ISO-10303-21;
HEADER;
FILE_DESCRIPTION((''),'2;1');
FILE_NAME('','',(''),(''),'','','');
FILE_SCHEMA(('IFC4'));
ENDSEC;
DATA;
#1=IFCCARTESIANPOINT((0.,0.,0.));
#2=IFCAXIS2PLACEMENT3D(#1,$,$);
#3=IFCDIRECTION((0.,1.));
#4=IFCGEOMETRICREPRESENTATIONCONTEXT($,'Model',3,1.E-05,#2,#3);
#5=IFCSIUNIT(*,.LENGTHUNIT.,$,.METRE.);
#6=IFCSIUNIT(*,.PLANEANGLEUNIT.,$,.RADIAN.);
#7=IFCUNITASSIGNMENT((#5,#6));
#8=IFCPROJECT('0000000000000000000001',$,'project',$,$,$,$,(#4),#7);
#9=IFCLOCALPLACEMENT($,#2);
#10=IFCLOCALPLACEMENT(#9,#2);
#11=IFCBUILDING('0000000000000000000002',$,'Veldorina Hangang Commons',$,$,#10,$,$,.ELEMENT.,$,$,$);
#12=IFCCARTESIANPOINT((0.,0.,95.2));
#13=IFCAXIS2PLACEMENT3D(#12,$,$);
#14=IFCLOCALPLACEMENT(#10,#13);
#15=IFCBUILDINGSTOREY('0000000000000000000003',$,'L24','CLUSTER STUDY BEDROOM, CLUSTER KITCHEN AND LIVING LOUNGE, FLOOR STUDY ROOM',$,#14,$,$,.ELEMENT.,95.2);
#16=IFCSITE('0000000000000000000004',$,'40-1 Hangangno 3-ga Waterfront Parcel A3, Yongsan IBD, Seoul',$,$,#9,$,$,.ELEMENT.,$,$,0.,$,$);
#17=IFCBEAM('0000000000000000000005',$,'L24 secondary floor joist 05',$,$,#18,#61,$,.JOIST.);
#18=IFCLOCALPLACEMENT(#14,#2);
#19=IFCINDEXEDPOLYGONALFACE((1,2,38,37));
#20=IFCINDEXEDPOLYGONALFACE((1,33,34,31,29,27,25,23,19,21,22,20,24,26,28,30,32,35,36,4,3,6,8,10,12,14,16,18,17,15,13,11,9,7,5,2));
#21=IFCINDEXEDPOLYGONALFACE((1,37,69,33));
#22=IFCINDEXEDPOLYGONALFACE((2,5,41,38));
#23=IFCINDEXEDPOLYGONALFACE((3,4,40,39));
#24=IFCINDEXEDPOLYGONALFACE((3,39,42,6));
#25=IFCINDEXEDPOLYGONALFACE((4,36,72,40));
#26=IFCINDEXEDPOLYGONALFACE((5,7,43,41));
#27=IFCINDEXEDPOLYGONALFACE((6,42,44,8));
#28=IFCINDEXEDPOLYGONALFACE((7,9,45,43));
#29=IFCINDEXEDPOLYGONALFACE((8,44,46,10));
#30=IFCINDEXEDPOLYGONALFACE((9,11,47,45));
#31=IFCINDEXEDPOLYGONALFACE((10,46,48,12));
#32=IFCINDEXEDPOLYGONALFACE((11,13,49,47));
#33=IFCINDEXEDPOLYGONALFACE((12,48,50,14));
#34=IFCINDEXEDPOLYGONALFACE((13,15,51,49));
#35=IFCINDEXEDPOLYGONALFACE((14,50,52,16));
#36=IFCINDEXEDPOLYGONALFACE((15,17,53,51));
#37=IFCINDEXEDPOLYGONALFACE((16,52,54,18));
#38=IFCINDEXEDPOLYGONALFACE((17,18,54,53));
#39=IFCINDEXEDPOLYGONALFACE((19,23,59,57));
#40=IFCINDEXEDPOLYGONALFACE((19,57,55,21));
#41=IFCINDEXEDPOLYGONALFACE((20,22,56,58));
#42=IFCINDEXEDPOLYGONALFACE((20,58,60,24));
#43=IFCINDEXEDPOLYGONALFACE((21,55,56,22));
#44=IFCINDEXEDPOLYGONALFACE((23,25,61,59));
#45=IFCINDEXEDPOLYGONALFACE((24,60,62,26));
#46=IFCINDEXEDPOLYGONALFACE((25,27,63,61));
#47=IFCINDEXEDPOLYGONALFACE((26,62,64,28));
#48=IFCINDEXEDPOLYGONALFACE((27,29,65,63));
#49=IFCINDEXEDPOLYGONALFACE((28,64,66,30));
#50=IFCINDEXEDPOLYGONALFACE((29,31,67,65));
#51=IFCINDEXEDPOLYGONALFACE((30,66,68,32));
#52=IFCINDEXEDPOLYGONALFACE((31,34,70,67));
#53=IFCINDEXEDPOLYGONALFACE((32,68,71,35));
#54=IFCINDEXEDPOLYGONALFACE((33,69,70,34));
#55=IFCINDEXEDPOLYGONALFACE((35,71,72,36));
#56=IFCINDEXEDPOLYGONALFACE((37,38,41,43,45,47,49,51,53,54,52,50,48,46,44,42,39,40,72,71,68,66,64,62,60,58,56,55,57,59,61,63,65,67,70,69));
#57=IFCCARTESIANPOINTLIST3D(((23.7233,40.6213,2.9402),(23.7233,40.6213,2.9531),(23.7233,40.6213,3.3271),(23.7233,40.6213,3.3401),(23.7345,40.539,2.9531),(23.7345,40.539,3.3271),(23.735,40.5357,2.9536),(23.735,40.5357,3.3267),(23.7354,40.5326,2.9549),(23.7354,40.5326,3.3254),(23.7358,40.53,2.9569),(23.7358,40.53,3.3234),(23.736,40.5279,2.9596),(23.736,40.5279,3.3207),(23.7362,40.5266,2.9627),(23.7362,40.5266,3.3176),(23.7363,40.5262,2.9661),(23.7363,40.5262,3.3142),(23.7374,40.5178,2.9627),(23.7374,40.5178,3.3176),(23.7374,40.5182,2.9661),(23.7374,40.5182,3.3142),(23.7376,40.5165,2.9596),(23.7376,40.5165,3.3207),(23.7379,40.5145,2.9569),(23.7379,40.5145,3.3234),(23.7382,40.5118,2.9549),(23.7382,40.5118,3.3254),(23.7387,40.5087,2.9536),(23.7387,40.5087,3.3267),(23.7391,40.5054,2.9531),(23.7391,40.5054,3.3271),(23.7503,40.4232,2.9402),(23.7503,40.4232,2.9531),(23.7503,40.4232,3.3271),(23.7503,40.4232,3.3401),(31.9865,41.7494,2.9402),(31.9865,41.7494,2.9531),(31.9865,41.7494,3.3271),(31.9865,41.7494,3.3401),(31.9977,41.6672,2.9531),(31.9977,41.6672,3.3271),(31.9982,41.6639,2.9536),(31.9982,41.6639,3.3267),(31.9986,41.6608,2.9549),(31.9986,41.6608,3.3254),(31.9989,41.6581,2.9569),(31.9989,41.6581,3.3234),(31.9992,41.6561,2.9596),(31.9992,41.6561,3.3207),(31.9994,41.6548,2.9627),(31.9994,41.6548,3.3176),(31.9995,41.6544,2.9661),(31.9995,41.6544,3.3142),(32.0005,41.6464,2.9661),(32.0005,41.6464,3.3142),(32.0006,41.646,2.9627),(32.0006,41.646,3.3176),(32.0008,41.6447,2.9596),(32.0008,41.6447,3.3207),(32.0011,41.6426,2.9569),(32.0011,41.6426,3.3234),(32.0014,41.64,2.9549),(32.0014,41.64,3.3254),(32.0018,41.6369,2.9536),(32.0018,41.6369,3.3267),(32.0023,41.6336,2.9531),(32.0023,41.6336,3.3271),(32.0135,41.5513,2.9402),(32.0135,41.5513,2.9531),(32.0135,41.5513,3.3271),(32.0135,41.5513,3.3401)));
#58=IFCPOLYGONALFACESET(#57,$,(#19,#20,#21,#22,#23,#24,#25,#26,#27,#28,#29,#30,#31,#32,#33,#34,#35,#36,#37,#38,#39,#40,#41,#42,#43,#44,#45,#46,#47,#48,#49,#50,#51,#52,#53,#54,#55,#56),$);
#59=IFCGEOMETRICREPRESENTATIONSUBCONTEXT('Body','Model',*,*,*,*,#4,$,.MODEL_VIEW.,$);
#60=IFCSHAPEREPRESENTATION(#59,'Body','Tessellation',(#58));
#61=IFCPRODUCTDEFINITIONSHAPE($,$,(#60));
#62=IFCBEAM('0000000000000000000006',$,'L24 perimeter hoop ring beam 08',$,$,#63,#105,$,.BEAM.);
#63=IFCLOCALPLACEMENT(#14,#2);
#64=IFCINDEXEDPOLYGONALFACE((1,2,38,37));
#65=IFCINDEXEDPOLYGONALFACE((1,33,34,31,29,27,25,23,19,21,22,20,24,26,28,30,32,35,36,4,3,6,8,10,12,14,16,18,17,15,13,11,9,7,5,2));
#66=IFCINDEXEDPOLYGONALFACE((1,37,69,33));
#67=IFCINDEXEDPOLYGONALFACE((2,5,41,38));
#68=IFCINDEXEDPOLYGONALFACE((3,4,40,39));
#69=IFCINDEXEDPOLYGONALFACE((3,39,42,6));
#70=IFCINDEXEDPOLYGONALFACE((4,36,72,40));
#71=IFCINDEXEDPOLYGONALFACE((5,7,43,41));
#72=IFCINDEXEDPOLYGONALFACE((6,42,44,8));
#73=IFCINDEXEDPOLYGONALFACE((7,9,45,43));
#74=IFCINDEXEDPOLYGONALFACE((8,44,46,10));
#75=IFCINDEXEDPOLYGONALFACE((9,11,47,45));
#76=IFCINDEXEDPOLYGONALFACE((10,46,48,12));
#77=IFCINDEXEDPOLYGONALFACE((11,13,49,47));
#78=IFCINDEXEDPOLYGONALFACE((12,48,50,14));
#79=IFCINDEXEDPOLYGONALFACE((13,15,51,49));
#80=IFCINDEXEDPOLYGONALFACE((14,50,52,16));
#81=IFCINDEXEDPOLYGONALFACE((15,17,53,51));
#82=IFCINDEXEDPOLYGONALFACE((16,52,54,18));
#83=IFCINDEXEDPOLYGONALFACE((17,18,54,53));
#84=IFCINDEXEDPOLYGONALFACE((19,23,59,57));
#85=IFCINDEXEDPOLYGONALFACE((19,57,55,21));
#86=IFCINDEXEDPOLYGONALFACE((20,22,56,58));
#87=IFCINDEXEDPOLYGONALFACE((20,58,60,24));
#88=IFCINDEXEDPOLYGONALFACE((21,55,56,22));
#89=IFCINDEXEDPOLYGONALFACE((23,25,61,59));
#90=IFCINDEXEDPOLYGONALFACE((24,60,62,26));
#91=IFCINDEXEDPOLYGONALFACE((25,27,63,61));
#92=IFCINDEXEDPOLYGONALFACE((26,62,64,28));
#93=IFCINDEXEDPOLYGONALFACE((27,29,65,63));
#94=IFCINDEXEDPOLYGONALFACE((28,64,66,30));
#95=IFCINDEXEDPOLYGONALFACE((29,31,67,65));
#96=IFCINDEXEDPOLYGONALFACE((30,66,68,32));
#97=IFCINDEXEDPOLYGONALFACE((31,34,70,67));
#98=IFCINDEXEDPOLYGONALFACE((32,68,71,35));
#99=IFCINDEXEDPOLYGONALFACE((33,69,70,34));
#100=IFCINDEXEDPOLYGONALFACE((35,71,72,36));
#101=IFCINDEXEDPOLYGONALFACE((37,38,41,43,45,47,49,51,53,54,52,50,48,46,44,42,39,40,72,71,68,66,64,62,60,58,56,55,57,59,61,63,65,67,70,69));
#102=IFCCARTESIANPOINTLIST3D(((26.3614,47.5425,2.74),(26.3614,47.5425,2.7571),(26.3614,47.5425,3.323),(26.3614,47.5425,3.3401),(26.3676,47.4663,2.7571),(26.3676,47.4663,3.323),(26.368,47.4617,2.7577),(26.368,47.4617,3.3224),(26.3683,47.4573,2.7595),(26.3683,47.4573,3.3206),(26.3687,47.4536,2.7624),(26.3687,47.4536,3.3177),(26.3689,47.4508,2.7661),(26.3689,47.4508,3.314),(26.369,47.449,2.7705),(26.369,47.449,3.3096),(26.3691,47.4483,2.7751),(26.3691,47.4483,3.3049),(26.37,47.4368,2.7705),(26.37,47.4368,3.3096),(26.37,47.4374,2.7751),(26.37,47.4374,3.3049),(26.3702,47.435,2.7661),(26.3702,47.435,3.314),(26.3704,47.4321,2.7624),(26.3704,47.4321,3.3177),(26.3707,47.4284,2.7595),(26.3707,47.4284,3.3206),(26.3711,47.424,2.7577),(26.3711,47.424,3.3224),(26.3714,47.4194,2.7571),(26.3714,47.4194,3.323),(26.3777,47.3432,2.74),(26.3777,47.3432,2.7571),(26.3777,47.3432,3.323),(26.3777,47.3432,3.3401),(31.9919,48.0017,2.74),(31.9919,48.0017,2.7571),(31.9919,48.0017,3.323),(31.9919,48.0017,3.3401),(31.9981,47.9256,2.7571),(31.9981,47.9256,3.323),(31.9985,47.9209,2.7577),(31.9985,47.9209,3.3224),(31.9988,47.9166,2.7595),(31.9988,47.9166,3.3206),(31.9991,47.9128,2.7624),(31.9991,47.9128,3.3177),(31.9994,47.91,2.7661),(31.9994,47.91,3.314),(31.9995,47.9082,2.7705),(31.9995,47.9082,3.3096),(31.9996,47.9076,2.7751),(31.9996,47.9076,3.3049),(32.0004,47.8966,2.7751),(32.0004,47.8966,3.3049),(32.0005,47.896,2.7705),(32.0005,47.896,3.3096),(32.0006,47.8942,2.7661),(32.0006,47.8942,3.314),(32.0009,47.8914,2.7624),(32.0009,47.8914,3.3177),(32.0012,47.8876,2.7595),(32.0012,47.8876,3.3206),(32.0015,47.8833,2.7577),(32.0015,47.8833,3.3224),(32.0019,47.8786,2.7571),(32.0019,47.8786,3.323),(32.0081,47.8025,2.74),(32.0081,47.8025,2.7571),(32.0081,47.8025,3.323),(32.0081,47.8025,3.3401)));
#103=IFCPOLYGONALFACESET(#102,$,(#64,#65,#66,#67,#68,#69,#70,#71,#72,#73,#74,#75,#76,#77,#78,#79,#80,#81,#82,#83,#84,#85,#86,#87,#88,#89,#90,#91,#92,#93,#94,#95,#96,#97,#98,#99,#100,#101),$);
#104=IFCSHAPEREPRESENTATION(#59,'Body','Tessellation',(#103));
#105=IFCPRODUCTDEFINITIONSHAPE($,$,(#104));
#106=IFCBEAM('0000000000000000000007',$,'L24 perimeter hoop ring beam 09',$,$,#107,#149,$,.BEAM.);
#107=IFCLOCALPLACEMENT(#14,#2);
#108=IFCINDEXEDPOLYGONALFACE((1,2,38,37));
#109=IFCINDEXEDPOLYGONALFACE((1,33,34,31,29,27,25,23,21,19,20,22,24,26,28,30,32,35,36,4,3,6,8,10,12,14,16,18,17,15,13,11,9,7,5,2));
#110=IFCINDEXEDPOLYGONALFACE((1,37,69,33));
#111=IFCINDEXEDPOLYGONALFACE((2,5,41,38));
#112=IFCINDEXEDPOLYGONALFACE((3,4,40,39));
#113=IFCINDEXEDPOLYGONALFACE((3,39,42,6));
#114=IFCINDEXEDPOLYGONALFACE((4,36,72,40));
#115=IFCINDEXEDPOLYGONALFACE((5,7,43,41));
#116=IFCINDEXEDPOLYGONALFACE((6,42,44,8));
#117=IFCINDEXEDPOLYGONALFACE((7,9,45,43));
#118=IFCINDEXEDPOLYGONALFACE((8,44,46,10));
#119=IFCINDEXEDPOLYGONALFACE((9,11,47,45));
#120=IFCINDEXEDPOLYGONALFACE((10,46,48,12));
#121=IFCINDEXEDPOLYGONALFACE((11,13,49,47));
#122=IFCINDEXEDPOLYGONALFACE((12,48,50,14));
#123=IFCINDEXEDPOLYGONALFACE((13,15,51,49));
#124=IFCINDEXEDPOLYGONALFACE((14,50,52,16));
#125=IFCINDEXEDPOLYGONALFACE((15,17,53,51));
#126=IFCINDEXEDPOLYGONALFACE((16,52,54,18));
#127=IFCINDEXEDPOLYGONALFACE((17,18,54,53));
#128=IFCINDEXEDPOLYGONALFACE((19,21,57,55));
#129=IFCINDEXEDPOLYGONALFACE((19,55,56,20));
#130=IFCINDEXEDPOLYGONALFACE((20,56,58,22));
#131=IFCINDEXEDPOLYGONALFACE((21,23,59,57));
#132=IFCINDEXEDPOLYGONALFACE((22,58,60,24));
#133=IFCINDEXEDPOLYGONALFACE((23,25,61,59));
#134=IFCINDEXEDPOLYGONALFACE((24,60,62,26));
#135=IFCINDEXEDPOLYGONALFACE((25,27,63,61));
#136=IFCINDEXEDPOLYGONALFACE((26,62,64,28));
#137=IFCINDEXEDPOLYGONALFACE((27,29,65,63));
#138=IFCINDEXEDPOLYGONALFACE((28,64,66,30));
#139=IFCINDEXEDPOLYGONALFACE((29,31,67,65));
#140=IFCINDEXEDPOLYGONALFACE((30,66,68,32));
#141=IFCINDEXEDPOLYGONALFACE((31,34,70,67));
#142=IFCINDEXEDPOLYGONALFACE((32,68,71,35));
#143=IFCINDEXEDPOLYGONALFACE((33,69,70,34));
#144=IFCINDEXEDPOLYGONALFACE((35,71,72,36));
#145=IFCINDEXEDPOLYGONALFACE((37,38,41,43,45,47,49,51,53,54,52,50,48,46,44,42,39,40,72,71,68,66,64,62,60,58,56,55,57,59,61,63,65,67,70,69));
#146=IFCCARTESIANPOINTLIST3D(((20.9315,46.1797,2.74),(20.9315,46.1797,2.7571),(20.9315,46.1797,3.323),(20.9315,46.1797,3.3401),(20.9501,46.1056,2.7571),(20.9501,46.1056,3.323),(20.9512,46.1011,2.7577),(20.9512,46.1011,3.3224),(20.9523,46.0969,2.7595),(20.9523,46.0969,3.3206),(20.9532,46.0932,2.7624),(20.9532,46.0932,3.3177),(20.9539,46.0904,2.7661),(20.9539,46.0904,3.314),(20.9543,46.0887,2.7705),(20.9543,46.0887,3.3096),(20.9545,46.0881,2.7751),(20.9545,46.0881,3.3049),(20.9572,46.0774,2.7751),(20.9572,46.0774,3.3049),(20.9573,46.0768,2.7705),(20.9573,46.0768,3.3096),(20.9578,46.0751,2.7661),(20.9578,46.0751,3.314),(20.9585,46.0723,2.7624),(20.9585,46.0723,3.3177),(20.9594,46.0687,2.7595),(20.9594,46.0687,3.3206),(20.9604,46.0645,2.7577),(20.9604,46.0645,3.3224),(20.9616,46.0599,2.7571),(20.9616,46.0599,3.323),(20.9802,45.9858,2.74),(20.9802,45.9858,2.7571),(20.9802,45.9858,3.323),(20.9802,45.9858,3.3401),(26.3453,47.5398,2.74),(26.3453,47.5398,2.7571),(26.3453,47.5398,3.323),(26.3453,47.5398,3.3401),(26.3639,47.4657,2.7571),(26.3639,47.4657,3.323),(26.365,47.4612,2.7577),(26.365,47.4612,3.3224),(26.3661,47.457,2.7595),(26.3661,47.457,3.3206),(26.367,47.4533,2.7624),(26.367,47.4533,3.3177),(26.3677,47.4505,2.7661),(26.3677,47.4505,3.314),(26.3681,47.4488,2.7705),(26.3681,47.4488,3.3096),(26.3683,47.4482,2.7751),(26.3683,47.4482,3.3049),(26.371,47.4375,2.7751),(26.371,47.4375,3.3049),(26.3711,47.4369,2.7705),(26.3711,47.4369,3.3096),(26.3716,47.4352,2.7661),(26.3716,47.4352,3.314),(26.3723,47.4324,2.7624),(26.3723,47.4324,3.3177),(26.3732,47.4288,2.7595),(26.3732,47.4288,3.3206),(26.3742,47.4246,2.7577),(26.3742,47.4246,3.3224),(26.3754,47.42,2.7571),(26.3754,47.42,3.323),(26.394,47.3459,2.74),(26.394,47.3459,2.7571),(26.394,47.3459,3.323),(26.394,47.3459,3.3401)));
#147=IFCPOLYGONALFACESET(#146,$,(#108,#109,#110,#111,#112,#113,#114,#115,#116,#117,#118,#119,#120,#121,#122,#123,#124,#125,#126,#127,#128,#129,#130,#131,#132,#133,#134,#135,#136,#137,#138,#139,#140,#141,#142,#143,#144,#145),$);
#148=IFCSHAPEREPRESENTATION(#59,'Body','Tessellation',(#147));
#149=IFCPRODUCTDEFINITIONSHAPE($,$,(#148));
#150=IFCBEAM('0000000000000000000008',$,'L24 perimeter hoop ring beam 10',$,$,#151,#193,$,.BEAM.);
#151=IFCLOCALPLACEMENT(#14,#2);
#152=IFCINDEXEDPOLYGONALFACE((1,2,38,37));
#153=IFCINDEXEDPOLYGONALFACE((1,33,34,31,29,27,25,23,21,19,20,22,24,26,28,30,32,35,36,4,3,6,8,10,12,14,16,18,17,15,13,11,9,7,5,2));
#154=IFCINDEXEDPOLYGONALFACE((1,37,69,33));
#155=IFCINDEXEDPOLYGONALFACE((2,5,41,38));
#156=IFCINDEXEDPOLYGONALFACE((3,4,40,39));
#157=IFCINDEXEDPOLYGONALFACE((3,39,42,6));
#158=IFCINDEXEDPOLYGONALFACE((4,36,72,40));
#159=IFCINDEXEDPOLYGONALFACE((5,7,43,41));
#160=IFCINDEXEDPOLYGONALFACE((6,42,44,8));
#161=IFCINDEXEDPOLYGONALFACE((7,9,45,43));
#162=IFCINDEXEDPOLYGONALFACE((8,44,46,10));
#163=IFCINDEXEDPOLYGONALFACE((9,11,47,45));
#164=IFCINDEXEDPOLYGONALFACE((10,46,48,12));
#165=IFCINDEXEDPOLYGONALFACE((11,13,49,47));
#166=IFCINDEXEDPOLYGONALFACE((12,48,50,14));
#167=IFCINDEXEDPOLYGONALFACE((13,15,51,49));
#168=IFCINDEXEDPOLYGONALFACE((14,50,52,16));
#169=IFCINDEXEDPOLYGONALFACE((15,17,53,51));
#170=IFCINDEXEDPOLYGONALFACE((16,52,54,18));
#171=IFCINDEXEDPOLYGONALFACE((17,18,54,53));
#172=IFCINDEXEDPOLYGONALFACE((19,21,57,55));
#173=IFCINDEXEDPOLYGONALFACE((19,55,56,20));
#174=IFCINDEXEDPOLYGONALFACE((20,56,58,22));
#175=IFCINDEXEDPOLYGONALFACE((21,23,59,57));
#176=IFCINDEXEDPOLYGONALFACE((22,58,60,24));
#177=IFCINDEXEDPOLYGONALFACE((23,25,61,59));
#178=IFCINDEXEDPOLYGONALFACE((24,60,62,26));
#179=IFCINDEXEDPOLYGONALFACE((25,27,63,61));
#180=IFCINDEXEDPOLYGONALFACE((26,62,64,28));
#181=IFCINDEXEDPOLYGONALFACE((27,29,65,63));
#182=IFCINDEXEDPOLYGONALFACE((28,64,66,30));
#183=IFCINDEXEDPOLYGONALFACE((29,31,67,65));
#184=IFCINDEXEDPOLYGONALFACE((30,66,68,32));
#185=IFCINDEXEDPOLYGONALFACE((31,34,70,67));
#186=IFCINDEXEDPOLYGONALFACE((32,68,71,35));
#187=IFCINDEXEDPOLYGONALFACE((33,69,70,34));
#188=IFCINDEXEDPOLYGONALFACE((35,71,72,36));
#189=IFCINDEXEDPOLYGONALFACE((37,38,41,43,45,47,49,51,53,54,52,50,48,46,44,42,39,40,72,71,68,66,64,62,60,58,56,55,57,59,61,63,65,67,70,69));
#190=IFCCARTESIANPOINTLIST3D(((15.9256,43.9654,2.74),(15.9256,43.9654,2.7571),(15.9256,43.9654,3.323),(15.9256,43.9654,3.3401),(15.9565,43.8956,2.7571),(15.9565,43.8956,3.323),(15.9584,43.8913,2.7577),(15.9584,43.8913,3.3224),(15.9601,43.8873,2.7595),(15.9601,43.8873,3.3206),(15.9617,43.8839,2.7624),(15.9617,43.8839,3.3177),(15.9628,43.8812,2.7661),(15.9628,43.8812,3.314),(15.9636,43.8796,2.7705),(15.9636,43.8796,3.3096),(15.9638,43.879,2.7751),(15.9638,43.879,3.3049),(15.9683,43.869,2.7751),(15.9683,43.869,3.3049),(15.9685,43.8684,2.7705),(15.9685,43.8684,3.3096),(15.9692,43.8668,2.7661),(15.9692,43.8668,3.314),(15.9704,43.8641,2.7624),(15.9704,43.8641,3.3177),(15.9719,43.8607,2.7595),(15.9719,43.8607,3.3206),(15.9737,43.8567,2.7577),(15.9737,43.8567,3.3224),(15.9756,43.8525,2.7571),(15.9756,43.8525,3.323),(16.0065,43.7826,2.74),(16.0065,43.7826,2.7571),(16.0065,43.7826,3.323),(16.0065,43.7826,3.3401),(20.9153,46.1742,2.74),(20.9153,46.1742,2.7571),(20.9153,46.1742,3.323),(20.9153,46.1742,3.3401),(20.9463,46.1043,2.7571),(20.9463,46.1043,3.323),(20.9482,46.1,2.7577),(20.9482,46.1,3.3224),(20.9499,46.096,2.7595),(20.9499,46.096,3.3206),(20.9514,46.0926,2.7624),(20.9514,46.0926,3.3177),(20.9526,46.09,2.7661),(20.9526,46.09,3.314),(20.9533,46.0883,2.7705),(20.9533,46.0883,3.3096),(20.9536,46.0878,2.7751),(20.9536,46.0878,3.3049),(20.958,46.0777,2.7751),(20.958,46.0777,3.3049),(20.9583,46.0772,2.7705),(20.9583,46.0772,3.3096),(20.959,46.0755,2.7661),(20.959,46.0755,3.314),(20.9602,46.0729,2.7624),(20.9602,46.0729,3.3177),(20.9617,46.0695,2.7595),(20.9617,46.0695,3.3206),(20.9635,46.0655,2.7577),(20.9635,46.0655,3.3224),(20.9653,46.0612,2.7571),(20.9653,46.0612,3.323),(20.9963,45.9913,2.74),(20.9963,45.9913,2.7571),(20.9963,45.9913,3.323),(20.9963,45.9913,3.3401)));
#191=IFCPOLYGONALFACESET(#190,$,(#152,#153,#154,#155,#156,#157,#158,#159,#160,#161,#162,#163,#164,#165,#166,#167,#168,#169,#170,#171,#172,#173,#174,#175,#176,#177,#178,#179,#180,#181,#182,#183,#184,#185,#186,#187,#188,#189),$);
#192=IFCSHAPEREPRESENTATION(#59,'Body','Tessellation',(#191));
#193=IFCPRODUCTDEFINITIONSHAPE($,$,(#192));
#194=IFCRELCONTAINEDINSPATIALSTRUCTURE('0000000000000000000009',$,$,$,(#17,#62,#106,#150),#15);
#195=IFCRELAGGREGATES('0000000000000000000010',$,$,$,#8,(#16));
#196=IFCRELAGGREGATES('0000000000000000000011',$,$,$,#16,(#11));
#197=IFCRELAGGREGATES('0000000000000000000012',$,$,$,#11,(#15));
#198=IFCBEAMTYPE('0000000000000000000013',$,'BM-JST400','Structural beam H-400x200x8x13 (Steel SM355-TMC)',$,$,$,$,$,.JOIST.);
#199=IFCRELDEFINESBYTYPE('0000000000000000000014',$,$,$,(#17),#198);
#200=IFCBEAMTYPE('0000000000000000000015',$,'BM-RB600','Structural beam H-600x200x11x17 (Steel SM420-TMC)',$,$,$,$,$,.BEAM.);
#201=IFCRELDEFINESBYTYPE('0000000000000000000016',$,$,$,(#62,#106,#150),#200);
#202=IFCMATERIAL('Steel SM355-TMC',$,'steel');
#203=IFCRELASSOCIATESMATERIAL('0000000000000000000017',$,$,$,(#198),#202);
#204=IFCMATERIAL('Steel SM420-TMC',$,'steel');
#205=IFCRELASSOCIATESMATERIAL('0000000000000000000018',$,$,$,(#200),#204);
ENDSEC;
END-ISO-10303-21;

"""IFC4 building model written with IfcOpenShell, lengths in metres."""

from ifc_helpers import new_model, si_unit, direction, frame, origin, origin_2d, place, context, subcontext, project, spatial, i_section, extrude, material, material_profile, profile_set, type_object, element, save


model = new_model("IFC4")

# Units and contexts
model_context = context("Model", 3, precision=1e-05, world=origin(), true_north=direction((0.0, 1.0)))
body_context = subcontext(model_context, "Body", "Model", "MODEL_VIEW")
ifc_project = project(units=[si_unit("LENGTHUNIT", "METRE"), si_unit("PLANEANGLEUNIT", "RADIAN")], contexts=[model_context])

# Site, building, storey
site_placement = place(None, origin())
site = spatial("IfcSite", under=ifc_project, at=site_placement, Name="40-1 Hangangno 3-ga Waterfront Parcel A3, Yongsan IBD, Seoul", CompositionType="ELEMENT", RefElevation=0.0)
building_placement = place(site_placement, origin())
building = spatial("IfcBuilding", under=site, at=building_placement, Name="Veldorina Hangang Commons", CompositionType="ELEMENT")
storey_placement = place(building_placement, frame((0.0, 0.0, 95.2)))
storey = spatial("IfcBuildingStorey", under=building, at=storey_placement, Name="L24", Description="CLUSTER STUDY BEDROOM, CLUSTER KITCHEN AND LIVING LOUNGE, FLOOR STUDY ROOM", CompositionType="ELEMENT", Elevation=95.2)

# Beams
ifc_material_1 = material(Name="Steel SM355-TMC", Category="steel")
ifc_material_profile_1 = material_profile(ifc_material_1, i_section(OverallWidth=0.2, OverallDepth=0.3999, WebThickness=0.0081, FlangeThickness=0.0129, FilletRadius=0.0129, at=origin_2d()), Name="H-400x200x8x13")
ifc_profile_set_1 = profile_set([ifc_material_profile_1], Name="Steel SM355-TMC")
beam_type_1 = type_object("IfcBeamType", Name="BM-JST400", Description="Structural beam H-400x200x8x13 (Steel SM355-TMC)", PredefinedType="JOIST", material=ifc_profile_set_1)
beam_1_placement = place(storey_placement, frame((32.0, 41.6504, 3.1401), z_axis=(-0.990808, -0.135275, 0.0), x_axis=(0.135275, -0.990808, 0.0)))
element("IfcBeam", 1, at=beam_1_placement, inside=storey, type_object=beam_type_1, Name="L24 secondary floor joist 05", PredefinedType="JOIST", context=body_context, shape_type="SweptSolid", body=[
    extrude(i_section(OverallWidth=0.2, OverallDepth=0.3999, WebThickness=0.0081, FlangeThickness=0.0129, FilletRadius=0.0129, at=origin_2d()), origin(), (0.0, 0.0, 1.0), 8.3398),
])
ifc_material_2 = material(Name="Steel SM420-TMC", Category="steel")
ifc_material_profile_2 = material_profile(ifc_material_2, i_section(OverallWidth=0.2, OverallDepth=0.6001, WebThickness=0.011, FlangeThickness=0.0171, FilletRadius=0.0181, at=origin_2d()), Name="H-600x200x11x17")
ifc_profile_set_2 = profile_set([ifc_material_profile_2], Name="Steel SM420-TMC")
beam_type_2 = type_object("IfcBeamType", Name="BM-RB600", Description="Structural beam H-600x200x11x17 (Steel SM420-TMC)", PredefinedType="BEAM", material=ifc_profile_set_2)
beam_2_placement = place(storey_placement, frame((32.0, 47.9021, 3.04), z_axis=(-0.99669, -0.081293, 0.0), x_axis=(0.081293, -0.99669, 0.0)))
element("IfcBeam", 2, at=beam_2_placement, inside=storey, type_object=beam_type_2, Name="L24 perimeter hoop ring beam 08", PredefinedType="BEAM", context=body_context, shape_type="SweptSolid", body=[
    extrude(i_section(OverallWidth=0.2, OverallDepth=0.6001, WebThickness=0.011, FlangeThickness=0.0171, FilletRadius=0.0181, at=origin_2d()), origin(), (0.0, 0.0, 1.0), 5.6492),
])
beam_3_placement = place(storey_placement, frame((26.3696, 47.4429, 3.04), z_axis=(-0.969861, -0.243657, 0.0), x_axis=(0.243657, -0.969861, 0.0)))
element("IfcBeam", 3, at=beam_3_placement, inside=storey, type_object=beam_type_2, Name="L24 perimeter hoop ring beam 09", PredefinedType="BEAM", context=body_context, shape_type="SweptSolid", body=[
    extrude(i_section(OverallWidth=0.2, OverallDepth=0.6001, WebThickness=0.011, FlangeThickness=0.0171, FilletRadius=0.0181, at=origin_2d()), origin(), (0.0, 0.0, 1.0), 5.582),
])
beam_4_placement = place(storey_placement, frame((20.9558, 46.0828, 3.04), z_axis=(-0.914418, -0.404772, 0.0), x_axis=(0.404772, -0.914418, 0.0)))
element("IfcBeam", 4, at=beam_4_placement, inside=storey, type_object=beam_type_2, Name="L24 perimeter hoop ring beam 10", PredefinedType="BEAM", context=body_context, shape_type="SweptSolid", body=[
    extrude(i_section(OverallWidth=0.2, OverallDepth=0.6001, WebThickness=0.011, FlangeThickness=0.0171, FilletRadius=0.0181, at=origin_2d()), origin(), (0.0, 0.0, 1.0), 5.4568),
])

save(model, "model.ifc")
